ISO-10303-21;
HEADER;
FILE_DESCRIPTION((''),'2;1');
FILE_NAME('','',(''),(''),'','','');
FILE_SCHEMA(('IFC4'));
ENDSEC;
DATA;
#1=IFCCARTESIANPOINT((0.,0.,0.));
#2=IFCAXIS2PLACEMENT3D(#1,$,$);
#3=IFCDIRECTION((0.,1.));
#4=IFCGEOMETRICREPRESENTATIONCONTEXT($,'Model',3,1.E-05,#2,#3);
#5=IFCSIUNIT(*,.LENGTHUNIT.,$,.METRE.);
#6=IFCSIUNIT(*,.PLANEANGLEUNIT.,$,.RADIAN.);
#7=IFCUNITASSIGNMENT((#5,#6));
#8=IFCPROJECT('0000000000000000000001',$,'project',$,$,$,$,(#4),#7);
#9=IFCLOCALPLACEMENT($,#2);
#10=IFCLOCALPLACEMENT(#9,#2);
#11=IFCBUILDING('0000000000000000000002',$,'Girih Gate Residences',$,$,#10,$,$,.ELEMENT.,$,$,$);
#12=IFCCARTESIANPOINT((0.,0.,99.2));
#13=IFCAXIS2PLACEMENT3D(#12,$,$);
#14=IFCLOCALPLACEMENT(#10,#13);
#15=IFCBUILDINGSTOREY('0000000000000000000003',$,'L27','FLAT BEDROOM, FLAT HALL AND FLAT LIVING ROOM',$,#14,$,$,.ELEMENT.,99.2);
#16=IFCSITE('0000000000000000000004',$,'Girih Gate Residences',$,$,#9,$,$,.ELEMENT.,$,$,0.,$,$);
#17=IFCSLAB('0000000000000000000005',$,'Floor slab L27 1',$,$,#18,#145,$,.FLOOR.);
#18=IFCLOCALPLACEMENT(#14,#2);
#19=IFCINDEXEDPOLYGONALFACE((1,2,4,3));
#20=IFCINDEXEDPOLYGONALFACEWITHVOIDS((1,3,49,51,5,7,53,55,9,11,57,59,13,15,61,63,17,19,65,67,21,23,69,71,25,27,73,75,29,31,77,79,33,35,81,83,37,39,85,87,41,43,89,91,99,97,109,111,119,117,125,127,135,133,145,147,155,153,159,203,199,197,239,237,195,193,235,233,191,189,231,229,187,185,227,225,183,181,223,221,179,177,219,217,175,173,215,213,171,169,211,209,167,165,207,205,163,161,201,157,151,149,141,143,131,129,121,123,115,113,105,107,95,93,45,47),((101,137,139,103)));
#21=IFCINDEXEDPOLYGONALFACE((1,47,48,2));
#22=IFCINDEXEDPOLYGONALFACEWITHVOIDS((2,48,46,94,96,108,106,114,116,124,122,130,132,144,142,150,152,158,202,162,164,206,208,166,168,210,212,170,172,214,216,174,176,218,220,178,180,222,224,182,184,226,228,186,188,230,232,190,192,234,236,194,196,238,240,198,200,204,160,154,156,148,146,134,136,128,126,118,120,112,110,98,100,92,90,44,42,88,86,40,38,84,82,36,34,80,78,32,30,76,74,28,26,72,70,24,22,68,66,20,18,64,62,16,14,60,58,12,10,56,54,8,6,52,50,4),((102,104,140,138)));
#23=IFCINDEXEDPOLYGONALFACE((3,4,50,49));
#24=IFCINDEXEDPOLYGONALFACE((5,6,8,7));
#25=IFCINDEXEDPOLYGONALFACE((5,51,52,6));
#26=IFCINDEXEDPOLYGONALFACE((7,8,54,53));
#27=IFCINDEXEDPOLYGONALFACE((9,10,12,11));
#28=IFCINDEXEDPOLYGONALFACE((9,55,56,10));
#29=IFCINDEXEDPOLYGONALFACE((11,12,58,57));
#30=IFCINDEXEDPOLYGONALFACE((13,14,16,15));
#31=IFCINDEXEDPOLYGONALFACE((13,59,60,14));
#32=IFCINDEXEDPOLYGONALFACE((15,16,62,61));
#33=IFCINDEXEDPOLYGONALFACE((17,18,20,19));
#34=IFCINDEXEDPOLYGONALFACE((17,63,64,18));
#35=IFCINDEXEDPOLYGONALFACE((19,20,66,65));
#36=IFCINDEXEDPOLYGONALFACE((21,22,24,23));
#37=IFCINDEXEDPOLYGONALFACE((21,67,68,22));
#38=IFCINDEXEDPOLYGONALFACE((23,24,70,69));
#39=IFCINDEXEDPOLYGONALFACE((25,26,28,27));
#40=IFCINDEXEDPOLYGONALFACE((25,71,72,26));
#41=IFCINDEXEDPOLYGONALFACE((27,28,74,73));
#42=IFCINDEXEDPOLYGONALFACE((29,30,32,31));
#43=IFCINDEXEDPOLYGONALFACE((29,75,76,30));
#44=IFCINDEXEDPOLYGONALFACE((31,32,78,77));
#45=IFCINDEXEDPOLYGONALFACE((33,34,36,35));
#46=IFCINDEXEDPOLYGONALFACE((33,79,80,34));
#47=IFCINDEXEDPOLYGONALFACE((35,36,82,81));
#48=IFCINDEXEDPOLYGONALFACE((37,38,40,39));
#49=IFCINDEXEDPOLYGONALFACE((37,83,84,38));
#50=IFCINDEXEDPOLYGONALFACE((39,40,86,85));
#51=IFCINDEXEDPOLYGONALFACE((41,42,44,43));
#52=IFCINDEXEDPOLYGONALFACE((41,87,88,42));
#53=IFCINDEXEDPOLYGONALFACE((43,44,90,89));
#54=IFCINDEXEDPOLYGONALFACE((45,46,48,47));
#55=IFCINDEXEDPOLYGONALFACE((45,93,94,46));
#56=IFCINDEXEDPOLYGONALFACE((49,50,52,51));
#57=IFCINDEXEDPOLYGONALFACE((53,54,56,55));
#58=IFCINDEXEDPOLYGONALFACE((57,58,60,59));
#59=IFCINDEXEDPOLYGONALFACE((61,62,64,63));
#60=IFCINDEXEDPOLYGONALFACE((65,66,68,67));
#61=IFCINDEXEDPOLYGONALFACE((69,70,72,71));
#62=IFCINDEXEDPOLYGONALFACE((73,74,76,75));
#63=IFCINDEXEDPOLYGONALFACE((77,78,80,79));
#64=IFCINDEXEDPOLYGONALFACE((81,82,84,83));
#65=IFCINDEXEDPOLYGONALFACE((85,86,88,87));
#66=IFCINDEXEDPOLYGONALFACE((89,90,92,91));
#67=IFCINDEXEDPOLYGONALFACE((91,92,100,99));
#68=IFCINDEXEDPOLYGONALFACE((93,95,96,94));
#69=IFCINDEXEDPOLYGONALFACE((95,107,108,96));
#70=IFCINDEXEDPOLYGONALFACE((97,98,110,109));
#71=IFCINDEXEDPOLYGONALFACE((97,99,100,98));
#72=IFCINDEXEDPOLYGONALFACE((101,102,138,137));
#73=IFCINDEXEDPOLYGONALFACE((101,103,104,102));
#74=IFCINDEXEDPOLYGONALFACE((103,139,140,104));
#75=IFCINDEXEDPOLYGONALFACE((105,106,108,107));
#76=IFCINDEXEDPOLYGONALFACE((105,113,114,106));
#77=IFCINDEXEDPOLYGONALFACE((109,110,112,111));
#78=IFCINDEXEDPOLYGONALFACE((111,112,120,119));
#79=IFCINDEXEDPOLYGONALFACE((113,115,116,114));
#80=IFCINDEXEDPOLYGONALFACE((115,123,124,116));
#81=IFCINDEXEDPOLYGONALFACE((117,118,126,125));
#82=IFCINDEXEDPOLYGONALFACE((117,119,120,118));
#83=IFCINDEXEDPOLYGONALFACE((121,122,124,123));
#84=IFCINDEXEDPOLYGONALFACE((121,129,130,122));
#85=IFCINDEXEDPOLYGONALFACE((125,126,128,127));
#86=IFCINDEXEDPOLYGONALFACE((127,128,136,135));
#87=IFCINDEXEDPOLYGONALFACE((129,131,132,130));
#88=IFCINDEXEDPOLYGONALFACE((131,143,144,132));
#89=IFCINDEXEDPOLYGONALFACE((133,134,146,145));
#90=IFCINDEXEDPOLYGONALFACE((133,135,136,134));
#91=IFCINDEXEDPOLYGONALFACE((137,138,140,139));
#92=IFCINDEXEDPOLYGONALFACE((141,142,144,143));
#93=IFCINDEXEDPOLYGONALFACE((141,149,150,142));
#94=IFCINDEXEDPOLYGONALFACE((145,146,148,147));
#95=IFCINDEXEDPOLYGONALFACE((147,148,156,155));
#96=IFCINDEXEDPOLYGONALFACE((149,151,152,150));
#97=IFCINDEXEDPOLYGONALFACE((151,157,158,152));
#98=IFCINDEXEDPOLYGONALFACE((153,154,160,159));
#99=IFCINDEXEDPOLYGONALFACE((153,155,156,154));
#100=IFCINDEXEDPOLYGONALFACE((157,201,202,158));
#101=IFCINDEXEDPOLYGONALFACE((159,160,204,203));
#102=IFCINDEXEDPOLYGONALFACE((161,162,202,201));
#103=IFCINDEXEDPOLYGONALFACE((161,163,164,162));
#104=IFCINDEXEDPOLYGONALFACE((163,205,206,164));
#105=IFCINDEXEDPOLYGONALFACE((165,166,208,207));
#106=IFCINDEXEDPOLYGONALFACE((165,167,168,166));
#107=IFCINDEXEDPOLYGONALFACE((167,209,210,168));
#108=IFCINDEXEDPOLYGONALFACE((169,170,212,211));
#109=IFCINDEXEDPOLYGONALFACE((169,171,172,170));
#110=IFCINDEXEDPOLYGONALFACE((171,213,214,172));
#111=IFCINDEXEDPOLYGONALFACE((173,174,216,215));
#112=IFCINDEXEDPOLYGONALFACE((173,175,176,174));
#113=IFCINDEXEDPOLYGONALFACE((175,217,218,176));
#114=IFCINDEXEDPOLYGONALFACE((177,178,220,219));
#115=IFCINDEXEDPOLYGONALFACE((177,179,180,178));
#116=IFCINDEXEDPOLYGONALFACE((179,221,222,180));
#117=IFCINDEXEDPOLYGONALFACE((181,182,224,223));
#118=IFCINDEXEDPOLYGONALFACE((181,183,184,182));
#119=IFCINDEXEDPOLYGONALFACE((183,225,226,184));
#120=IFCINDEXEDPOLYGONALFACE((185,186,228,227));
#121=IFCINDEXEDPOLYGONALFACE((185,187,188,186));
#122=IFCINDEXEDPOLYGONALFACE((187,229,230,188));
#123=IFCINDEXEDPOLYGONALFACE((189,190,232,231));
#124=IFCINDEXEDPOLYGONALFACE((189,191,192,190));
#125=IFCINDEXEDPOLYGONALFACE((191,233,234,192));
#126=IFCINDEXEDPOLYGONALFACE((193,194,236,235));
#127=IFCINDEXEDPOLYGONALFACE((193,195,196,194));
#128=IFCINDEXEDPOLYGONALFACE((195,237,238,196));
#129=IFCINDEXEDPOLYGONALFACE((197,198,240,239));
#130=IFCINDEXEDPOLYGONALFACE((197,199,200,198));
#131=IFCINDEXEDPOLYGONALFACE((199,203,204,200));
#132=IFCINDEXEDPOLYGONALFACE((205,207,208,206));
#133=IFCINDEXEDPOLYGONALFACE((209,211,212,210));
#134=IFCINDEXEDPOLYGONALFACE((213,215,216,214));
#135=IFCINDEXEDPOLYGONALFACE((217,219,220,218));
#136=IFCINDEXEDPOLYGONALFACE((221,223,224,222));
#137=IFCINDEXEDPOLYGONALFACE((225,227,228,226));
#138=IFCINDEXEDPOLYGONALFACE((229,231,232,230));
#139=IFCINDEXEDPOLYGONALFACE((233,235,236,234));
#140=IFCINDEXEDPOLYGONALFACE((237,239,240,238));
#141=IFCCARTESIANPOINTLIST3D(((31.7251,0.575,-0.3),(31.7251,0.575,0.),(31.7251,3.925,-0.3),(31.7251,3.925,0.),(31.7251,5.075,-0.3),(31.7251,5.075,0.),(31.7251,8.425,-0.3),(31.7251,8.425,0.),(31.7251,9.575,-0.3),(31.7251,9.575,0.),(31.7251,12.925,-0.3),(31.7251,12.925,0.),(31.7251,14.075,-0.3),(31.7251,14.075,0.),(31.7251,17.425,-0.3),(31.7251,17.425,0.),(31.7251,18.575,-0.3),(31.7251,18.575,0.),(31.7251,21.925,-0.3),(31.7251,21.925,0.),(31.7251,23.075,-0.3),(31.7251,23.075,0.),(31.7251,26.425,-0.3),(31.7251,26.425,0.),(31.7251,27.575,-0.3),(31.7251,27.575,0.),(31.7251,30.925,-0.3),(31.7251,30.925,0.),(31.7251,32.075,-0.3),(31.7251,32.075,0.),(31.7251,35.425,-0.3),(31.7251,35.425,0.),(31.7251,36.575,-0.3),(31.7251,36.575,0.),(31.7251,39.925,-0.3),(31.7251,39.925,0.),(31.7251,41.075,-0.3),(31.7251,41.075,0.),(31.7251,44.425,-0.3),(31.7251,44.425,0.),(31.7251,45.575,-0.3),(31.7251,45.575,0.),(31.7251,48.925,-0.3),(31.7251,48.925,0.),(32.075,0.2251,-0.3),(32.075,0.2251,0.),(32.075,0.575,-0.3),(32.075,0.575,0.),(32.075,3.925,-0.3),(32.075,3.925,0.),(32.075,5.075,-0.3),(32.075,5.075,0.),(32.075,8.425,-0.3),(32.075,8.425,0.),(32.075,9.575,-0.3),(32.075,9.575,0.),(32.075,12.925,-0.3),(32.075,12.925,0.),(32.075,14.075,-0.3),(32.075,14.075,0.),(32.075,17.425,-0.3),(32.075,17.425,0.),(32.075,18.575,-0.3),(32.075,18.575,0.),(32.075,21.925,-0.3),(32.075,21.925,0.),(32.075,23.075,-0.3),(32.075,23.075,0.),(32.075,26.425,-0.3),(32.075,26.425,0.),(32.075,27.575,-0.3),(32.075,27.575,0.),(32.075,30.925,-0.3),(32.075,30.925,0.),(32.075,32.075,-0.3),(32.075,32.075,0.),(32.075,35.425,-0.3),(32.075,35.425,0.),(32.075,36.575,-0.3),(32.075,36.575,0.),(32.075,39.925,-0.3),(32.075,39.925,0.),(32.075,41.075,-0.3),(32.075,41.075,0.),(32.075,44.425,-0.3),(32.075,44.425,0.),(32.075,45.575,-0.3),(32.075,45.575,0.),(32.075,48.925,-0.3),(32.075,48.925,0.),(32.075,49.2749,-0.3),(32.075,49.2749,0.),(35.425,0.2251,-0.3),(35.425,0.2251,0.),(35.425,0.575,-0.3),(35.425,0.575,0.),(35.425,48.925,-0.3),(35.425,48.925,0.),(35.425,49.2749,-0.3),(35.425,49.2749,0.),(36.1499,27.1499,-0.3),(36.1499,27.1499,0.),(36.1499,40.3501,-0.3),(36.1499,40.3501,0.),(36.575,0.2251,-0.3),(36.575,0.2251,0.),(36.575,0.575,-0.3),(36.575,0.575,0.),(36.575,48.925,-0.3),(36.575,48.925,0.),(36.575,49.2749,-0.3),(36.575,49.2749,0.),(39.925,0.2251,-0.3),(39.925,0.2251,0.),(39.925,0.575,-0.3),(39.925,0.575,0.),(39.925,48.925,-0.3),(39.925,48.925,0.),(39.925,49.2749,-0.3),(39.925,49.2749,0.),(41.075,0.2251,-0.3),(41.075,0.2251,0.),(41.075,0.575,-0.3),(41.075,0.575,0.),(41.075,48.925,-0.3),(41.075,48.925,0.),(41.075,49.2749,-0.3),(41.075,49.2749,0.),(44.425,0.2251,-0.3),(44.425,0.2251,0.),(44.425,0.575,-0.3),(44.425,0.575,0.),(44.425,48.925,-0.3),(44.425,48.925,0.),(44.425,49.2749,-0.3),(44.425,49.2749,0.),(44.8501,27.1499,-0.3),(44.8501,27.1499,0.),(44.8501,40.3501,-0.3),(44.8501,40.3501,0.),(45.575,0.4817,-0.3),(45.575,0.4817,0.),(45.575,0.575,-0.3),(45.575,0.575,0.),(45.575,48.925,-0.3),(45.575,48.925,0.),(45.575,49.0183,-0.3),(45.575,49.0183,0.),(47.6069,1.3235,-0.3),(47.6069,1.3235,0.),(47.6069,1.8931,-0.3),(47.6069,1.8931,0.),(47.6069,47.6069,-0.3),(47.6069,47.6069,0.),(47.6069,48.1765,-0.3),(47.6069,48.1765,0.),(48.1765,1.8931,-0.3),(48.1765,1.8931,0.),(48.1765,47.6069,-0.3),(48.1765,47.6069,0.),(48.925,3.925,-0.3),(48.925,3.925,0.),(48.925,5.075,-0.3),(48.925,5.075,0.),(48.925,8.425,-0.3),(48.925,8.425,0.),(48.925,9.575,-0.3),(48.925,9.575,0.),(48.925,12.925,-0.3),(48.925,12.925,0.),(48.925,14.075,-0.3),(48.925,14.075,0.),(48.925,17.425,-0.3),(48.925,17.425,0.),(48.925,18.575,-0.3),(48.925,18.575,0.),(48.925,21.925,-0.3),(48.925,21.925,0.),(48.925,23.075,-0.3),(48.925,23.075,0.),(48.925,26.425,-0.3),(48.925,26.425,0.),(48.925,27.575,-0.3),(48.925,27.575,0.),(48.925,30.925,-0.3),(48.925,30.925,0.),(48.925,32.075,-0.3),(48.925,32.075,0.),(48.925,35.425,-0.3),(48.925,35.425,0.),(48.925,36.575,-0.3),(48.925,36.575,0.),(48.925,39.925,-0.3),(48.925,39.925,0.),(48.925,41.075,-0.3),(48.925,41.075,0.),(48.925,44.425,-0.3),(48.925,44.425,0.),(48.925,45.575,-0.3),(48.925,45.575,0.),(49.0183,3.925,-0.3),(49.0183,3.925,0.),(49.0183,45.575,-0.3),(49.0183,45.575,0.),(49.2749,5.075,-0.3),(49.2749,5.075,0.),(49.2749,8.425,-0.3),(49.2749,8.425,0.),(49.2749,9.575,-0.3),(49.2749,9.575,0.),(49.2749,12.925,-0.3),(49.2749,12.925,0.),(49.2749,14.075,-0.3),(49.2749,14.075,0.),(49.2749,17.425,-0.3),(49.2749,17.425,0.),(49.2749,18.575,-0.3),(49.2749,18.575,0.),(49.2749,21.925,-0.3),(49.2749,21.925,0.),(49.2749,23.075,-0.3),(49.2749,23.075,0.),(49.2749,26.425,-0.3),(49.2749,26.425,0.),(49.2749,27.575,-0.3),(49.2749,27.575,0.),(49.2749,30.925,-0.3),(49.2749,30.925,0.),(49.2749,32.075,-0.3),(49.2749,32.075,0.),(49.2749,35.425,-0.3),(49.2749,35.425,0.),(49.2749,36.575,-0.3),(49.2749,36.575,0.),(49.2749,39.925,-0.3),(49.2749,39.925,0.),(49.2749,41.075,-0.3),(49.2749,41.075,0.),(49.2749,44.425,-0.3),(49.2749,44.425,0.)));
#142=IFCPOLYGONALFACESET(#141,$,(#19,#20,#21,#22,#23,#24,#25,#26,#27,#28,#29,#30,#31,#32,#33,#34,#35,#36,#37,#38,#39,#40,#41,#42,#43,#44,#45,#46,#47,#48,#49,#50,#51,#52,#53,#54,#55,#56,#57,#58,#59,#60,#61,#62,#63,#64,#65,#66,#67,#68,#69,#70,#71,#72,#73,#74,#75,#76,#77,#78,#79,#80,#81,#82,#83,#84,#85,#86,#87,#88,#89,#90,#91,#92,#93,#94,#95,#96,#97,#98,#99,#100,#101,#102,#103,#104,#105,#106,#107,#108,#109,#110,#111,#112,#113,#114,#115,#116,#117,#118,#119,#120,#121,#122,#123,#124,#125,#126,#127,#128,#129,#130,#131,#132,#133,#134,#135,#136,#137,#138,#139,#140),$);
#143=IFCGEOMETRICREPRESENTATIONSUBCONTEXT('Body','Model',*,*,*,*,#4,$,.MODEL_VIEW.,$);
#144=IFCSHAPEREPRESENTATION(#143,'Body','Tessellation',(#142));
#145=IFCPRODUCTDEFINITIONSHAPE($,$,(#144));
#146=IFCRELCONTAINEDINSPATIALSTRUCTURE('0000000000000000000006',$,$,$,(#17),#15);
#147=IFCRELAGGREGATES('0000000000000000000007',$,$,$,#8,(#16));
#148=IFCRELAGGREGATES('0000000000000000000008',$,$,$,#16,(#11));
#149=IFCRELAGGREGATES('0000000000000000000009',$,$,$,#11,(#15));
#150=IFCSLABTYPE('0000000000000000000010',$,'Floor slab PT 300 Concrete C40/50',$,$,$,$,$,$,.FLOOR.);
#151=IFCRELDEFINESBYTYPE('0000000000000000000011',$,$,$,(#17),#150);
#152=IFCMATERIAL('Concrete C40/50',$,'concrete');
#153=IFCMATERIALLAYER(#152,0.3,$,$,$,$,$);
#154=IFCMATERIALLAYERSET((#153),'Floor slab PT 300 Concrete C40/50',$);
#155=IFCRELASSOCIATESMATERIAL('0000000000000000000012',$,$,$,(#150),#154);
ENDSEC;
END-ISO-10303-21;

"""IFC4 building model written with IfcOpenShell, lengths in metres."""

from ifc_helpers import new_model, si_unit, direction, frame, origin, place, context, subcontext, project, spatial, polyline, outline, extrude, material, layer, layer_set, type_object, element, save


model = new_model("IFC4")

# Units and contexts
model_context = context("Model", 3, precision=1e-05, world=origin(), true_north=direction((0.0, 1.0)))
body_context = subcontext(model_context, "Body", "Model", "MODEL_VIEW")
ifc_project = project(units=[si_unit("LENGTHUNIT", "METRE"), si_unit("PLANEANGLEUNIT", "RADIAN")], contexts=[model_context])

# Site, building, storey
site_placement = place(None, origin())
site = spatial("IfcSite", under=ifc_project, at=site_placement, Name="Girih Gate Residences", CompositionType="ELEMENT", RefElevation=0.0)
building_placement = place(site_placement, origin())
building = spatial("IfcBuilding", under=site, at=building_placement, Name="Girih Gate Residences", CompositionType="ELEMENT")
storey_placement = place(building_placement, frame((0.0, 0.0, 99.2)))
storey = spatial("IfcBuildingStorey", under=building, at=storey_placement, Name="L27", Description="FLAT BEDROOM, FLAT HALL AND FLAT LIVING ROOM", CompositionType="ELEMENT", Elevation=99.2)

# Slab
ifc_material_1 = material(Name="Concrete C40/50", Category="concrete")
ifc_layer_1 = layer(ifc_material_1, 0.3)
ifc_layer_set_1 = layer_set([ifc_layer_1], Name="Floor slab PT 300 Concrete C40/50")
slab_type_1 = type_object("IfcSlabType", Name="Floor slab PT 300 Concrete C40/50", PredefinedType="FLOOR", material=ifc_layer_set_1)
slab_1_placement = place(storey_placement, frame((0.0, 0.0, -0.3)))
element("IfcSlab", 1, at=slab_1_placement, inside=storey, type_object=slab_type_1, Name="Floor slab L27 1", PredefinedType="FLOOR", context=body_context, shape_type="SweptSolid", body=[
    extrude(outline(polyline([(35.425, 49.2749), (32.075, 49.2749), (32.075, 48.925), (31.7251, 48.925), (31.7251, 45.575), (32.075, 45.575), (32.075, 44.425), (31.7251, 44.425), (31.7251, 41.075), (32.075, 41.075), (32.075, 39.925), (31.7251, 39.925), (31.7251, 36.575), (32.075, 36.575), (32.075, 35.425), (31.7251, 35.425), (31.7251, 32.075), (32.075, 32.075), (32.075, 30.925), (31.7251, 30.925), (31.7251, 27.575), (32.075, 27.575), (32.075, 26.425), (31.7251, 26.425), (31.7251, 23.075), (32.075, 23.075), (32.075, 21.925), (31.7251, 21.925), (31.7251, 18.575), (32.075, 18.575), (32.075, 17.425), (31.7251, 17.425), (31.7251, 14.075), (32.075, 14.075), (32.075, 12.925), (31.7251, 12.925), (31.7251, 9.575), (32.075, 9.575), (32.075, 8.425), (31.7251, 8.425), (31.7251, 5.075), (32.075, 5.075), (32.075, 3.925), (31.7251, 3.925), (31.7251, 0.575), (32.075, 0.575), (32.075, 0.2251), (35.425, 0.2251), (35.425, 0.575), (36.575, 0.575), (36.575, 0.2251), (39.925, 0.2251), (39.925, 0.575), (41.075, 0.575), (41.075, 0.2251), (44.425, 0.2251), (44.425, 0.575), (45.575, 0.575), (45.575, 0.4817), (47.6069, 1.3235), (47.6069, 1.8931), (48.1765, 1.8931), (49.0183, 3.925), (48.925, 3.925), (48.925, 5.075), (49.2749, 5.075), (49.2749, 8.425), (48.925, 8.425), (48.925, 9.575), (49.2749, 9.575), (49.2749, 12.925), (48.925, 12.925), (48.925, 14.075), (49.2749, 14.075), (49.2749, 17.425), (48.925, 17.425), (48.925, 18.575), (49.2749, 18.575), (49.2749, 21.925), (48.925, 21.925), (48.925, 23.075), (49.2749, 23.075), (49.2749, 26.425), (48.925, 26.425), (48.925, 27.575), (49.2749, 27.575), (49.2749, 30.925), (48.925, 30.925), (48.925, 32.075), (49.2749, 32.075), (49.2749, 35.425), (48.925, 35.425), (48.925, 36.575), (49.2749, 36.575), (49.2749, 39.925), (48.925, 39.925), (48.925, 41.075), (49.2749, 41.075), (49.2749, 44.425), (48.925, 44.425), (48.925, 45.575), (49.0183, 45.575), (48.1765, 47.6069), (47.6069, 47.6069), (47.6069, 48.1765), (45.575, 49.0183), (45.575, 48.925), (44.425, 48.925), (44.425, 49.2749), (41.075, 49.2749), (41.075, 48.925), (39.925, 48.925), (39.925, 49.2749), (36.575, 49.2749), (36.575, 48.925), (35.425, 48.925), (35.425, 49.2749)]), holes=[polyline([(44.8501, 40.3501), (44.8501, 27.1499), (36.1499, 27.1499), (36.1499, 40.3501), (44.8501, 40.3501)])]), origin(), (0.0, 0.0, 1.0), 0.3),
])

save(model, "model.ifc")
